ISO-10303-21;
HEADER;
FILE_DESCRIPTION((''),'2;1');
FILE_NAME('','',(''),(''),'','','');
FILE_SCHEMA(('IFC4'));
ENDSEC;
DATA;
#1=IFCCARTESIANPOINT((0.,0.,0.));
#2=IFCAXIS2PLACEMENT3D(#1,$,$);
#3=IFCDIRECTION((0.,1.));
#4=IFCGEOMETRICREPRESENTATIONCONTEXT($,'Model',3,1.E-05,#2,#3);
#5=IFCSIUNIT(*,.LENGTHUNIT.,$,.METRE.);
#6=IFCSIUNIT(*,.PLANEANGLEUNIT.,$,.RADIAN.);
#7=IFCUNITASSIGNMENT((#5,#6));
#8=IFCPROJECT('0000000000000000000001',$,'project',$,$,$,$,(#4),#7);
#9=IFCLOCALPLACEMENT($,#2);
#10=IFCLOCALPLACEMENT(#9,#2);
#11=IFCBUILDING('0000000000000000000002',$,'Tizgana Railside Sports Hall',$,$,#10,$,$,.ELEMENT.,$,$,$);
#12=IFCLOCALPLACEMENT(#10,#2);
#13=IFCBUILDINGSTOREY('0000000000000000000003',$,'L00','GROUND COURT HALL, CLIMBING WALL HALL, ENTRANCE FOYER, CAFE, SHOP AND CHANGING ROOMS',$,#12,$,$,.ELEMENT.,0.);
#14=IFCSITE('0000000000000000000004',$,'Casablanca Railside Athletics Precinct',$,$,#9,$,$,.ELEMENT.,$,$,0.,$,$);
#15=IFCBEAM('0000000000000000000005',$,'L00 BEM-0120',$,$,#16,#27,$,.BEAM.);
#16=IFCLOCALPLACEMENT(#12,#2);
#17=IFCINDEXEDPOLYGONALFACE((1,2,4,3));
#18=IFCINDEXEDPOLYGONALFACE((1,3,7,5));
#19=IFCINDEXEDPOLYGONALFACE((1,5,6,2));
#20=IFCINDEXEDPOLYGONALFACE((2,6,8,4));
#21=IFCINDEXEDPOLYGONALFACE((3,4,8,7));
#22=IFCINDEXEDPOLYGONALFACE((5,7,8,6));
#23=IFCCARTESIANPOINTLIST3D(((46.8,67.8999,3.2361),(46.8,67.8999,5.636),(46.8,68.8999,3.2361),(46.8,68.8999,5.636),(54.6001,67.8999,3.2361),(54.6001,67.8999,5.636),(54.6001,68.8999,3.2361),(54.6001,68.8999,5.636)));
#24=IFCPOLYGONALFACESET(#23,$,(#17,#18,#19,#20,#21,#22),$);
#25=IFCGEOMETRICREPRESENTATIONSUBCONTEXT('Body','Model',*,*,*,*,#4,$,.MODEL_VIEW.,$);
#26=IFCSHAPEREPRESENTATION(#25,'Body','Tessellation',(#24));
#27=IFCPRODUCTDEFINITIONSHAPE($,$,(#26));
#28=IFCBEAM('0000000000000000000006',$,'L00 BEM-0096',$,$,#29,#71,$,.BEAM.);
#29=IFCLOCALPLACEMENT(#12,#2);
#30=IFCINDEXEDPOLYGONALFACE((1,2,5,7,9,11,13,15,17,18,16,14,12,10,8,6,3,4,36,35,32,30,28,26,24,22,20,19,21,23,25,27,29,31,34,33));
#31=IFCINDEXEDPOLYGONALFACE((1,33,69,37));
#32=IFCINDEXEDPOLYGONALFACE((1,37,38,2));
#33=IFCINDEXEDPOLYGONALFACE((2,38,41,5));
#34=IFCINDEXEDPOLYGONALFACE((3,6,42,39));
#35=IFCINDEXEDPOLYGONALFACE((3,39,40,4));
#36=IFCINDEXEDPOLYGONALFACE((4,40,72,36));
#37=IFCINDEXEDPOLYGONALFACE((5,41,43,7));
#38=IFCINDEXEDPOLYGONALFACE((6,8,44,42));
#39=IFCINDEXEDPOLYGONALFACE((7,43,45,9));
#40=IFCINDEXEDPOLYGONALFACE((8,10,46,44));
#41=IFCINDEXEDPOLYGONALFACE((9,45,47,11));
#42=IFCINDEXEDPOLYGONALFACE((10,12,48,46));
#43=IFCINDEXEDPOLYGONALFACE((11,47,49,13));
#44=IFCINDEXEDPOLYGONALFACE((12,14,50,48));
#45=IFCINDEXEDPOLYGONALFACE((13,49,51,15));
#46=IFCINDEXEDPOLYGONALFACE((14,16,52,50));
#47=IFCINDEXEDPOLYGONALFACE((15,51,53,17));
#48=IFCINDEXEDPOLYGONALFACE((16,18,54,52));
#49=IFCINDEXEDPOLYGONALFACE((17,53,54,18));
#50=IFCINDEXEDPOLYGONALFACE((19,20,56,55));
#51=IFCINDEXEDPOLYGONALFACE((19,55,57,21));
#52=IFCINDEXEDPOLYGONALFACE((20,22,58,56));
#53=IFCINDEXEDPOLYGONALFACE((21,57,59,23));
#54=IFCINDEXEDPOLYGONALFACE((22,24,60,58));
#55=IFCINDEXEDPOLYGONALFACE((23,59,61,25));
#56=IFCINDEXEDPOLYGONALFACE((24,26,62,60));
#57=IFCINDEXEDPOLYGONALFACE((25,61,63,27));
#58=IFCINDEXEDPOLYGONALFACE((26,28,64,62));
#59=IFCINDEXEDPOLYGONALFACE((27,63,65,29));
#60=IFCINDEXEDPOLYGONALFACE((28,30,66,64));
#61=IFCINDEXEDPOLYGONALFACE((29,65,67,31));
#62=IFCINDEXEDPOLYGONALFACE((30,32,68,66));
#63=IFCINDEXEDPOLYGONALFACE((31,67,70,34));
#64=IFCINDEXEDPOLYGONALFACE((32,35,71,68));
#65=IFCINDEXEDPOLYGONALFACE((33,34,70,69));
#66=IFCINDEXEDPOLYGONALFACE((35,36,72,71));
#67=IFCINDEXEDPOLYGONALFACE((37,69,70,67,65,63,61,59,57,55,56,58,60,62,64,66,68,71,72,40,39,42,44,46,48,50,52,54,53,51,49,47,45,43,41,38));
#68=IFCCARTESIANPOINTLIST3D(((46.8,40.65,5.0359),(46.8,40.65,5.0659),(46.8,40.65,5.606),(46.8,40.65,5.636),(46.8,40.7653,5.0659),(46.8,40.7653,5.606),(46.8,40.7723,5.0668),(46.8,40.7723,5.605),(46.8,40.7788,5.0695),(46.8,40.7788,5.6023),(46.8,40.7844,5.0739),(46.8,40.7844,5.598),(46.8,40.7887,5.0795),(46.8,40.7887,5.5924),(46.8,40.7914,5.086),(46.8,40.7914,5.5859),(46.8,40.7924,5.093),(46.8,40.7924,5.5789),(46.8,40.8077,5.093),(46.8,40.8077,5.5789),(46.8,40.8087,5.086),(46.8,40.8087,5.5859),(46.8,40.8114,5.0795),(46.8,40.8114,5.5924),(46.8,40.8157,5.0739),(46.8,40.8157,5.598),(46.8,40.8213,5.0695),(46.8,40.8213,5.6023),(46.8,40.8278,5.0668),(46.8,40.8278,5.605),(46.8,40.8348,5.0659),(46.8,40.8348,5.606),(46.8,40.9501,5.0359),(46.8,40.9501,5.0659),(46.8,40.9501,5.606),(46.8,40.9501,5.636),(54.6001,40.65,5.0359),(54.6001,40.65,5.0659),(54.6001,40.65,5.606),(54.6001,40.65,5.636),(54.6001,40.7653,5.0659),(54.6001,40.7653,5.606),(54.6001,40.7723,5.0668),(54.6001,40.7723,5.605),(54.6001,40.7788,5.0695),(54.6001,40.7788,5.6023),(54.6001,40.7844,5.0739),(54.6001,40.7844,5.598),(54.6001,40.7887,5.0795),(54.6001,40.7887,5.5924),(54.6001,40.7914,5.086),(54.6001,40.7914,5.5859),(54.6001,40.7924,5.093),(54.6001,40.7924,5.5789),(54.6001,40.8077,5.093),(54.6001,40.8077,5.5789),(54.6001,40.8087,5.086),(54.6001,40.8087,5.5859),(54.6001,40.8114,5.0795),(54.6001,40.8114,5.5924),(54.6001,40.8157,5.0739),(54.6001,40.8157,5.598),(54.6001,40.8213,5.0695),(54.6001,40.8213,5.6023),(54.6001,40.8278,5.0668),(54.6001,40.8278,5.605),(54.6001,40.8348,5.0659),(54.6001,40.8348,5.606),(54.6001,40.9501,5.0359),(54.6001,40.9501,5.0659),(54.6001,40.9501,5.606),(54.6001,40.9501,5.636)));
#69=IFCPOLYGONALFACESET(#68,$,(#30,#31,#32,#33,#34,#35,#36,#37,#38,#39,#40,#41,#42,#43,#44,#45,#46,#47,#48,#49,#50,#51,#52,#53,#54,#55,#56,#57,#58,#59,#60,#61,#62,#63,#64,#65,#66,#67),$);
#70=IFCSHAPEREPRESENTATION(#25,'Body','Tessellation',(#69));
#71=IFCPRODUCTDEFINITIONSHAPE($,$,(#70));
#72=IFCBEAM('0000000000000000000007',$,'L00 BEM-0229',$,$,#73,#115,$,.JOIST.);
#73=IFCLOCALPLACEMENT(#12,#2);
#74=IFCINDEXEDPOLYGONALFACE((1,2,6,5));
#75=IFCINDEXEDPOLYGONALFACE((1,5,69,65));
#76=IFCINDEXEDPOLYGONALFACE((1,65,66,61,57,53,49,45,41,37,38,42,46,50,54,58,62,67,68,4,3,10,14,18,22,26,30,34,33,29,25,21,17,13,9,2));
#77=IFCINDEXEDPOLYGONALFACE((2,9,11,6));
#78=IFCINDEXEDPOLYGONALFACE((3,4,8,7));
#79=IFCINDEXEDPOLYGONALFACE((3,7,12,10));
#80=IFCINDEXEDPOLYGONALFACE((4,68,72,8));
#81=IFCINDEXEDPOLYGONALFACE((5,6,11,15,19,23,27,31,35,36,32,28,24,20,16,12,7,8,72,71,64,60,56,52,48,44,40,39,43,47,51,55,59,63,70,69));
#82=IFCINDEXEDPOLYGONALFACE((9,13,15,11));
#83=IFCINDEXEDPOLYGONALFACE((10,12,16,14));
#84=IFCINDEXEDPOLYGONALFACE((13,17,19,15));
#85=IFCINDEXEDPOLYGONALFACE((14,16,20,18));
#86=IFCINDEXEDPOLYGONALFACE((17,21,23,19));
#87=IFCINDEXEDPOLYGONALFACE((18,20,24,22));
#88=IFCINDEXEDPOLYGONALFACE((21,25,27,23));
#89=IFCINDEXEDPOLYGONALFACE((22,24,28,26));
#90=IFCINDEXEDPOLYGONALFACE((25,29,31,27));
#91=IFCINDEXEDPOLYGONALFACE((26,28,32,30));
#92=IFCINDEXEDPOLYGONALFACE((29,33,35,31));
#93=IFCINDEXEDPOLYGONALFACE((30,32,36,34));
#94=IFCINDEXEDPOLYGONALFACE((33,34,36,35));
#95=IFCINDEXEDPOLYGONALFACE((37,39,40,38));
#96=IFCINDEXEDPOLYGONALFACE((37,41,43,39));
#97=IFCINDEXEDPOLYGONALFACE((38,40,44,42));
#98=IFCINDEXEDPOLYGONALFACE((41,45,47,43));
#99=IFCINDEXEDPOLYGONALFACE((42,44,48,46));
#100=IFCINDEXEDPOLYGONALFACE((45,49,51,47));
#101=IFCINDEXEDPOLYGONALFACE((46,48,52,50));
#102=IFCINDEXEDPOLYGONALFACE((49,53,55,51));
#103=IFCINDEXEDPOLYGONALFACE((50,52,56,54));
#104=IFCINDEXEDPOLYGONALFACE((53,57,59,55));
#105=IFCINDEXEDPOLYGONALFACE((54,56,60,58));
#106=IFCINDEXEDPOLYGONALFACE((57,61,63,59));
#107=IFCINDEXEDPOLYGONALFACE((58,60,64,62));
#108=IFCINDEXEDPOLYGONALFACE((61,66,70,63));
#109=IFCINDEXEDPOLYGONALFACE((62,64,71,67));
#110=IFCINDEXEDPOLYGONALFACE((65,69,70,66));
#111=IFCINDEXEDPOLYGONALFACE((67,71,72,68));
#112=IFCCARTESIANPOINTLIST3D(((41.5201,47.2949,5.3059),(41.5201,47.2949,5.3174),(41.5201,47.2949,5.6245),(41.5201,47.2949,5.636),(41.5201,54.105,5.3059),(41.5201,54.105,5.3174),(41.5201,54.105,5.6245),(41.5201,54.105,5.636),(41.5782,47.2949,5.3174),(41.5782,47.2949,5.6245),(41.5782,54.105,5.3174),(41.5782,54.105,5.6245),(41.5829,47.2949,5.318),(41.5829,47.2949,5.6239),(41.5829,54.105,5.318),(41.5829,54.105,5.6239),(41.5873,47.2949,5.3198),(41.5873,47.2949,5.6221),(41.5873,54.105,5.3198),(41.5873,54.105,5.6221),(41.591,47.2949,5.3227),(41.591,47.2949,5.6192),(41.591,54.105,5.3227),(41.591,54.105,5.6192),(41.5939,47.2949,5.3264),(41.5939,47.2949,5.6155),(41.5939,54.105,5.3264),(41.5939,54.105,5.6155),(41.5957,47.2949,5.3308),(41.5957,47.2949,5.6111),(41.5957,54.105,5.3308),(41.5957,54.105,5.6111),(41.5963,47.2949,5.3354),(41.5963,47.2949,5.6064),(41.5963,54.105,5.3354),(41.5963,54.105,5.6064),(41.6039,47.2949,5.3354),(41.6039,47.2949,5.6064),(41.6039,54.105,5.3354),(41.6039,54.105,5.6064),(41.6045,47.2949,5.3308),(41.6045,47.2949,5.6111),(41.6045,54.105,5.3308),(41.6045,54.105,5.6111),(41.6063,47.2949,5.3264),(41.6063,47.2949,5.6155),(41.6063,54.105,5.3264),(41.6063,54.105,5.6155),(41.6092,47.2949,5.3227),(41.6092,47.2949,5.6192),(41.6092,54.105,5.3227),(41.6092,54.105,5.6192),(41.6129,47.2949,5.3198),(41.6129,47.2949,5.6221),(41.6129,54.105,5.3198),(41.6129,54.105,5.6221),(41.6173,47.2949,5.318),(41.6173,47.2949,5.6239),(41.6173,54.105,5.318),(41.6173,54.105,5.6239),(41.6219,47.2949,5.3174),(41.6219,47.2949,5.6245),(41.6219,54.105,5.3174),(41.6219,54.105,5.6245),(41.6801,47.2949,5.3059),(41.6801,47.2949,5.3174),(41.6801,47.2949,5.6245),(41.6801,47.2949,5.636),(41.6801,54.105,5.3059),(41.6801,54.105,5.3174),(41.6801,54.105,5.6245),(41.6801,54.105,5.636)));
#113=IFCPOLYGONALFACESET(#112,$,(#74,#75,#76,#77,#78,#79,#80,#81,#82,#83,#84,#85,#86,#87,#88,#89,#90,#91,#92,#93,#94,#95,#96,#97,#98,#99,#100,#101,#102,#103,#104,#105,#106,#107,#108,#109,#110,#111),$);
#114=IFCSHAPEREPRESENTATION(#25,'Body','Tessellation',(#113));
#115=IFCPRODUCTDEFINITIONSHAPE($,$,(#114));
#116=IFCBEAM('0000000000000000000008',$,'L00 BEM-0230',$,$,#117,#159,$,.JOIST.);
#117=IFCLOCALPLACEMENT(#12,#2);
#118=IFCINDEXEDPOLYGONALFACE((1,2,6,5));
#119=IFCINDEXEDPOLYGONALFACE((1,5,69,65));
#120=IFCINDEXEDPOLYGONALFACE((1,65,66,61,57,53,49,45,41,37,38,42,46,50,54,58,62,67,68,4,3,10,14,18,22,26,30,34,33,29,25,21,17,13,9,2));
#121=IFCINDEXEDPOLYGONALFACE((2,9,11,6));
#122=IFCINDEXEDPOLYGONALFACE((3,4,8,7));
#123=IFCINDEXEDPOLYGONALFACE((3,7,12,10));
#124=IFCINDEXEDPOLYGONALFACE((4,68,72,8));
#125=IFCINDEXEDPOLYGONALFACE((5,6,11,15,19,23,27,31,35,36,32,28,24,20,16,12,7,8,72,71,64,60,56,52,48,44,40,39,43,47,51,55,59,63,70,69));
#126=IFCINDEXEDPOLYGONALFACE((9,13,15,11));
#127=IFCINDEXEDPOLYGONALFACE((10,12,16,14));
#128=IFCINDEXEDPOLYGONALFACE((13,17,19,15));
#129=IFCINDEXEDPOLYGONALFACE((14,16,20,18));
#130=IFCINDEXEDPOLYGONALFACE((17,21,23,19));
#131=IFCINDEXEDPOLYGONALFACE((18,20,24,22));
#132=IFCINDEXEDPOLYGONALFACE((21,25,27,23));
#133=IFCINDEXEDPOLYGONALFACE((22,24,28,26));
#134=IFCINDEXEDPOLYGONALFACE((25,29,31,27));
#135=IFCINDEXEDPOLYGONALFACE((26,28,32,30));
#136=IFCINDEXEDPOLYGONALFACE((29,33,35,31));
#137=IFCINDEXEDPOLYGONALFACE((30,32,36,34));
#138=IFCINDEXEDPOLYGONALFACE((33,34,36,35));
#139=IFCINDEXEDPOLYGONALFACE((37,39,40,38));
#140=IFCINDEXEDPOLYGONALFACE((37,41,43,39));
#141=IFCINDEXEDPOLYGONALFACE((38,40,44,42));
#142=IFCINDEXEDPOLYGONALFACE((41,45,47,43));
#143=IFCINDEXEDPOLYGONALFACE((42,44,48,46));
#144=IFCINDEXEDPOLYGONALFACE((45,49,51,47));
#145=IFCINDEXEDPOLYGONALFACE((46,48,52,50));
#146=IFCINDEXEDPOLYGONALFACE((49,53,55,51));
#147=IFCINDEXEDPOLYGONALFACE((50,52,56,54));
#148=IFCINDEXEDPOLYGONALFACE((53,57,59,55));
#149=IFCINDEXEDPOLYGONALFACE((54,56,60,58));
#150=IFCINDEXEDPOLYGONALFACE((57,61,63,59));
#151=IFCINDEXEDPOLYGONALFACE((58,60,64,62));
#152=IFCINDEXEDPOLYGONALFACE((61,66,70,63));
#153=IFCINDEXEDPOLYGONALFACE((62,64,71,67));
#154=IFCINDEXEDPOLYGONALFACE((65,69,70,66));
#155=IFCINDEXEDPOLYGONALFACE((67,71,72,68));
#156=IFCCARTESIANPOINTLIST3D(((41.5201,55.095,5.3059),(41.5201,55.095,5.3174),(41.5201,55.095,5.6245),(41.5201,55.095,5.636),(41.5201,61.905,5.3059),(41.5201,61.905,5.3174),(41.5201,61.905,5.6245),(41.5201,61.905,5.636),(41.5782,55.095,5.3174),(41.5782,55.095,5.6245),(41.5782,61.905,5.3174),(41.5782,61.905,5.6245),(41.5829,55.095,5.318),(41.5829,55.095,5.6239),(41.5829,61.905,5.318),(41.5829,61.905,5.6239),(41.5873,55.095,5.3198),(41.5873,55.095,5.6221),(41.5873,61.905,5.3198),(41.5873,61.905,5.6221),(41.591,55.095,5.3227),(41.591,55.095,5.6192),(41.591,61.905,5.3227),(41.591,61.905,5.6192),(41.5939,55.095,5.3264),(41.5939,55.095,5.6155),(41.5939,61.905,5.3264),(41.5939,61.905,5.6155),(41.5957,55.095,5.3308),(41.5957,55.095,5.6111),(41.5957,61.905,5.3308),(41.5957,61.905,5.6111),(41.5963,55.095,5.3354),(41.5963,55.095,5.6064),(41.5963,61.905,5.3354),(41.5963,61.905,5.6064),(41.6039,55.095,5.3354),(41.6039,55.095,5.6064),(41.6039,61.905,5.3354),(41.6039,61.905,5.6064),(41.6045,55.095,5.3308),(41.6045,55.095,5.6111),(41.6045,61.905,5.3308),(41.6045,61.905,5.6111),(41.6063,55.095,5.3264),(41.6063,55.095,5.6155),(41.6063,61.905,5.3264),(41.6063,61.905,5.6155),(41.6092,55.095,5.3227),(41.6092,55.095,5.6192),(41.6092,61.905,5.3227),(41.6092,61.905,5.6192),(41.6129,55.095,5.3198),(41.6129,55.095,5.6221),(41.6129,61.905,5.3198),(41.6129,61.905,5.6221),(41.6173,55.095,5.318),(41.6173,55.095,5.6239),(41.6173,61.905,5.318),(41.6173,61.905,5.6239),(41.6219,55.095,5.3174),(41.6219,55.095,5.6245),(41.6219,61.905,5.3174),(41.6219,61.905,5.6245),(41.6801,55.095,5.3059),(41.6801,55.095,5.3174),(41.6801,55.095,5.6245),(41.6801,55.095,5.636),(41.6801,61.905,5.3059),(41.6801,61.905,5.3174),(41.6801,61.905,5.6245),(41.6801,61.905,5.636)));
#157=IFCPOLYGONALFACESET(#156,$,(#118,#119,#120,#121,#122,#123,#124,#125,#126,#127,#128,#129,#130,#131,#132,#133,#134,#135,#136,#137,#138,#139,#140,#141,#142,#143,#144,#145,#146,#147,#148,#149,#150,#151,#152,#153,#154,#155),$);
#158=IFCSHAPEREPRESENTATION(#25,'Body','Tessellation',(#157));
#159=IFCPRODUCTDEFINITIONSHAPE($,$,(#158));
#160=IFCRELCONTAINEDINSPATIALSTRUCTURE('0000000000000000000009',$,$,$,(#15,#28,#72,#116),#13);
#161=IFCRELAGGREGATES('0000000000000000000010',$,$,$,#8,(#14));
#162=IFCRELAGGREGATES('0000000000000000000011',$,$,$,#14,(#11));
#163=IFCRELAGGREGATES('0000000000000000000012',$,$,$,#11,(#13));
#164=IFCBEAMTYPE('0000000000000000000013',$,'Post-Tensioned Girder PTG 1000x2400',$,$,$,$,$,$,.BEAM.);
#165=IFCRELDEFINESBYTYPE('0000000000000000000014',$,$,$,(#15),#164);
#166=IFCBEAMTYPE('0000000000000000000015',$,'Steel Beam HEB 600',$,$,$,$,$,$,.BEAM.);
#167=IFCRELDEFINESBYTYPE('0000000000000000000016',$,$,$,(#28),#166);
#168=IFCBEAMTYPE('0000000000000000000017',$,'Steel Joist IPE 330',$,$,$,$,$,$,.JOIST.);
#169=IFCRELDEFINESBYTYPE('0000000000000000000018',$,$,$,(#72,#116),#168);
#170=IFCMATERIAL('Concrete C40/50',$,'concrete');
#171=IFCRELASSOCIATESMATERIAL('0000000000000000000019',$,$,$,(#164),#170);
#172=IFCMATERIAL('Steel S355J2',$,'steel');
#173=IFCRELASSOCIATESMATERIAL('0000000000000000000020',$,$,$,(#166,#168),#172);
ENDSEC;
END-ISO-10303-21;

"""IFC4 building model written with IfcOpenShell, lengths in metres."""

from ifc_helpers import new_model, si_unit, direction, frame, origin, origin_2d, place, context, subcontext, project, spatial, rectangle, i_section, extrude, material, material_profile, profile_set, type_object, element, save


model = new_model("IFC4")

# Units and contexts
model_context = context("Model", 3, precision=1e-05, world=origin(), true_north=direction((0.0, 1.0)))
body_context = subcontext(model_context, "Body", "Model", "MODEL_VIEW")
ifc_project = project(units=[si_unit("LENGTHUNIT", "METRE"), si_unit("PLANEANGLEUNIT", "RADIAN")], contexts=[model_context])

# Site, building, storey
site_placement = place(None, origin())
site = spatial("IfcSite", under=ifc_project, at=site_placement, Name="Casablanca Railside Athletics Precinct", CompositionType="ELEMENT", RefElevation=0.0)
building_placement = place(site_placement, origin())
building = spatial("IfcBuilding", under=site, at=building_placement, Name="Tizgana Railside Sports Hall", CompositionType="ELEMENT")
storey_placement = place(building_placement, origin())
storey = spatial("IfcBuildingStorey", under=building, at=storey_placement, Name="L00", Description="GROUND COURT HALL, CLIMBING WALL HALL, ENTRANCE FOYER, CAFE, SHOP AND CHANGING ROOMS", CompositionType="ELEMENT", Elevation=0.0)

# Shared definitions
ifc_material_1 = material(Name="Concrete C40/50", Category="concrete")
ifc_material_2 = material(Name="Steel S355J2", Category="steel")

# Beams
ifc_material_profile_1 = material_profile(ifc_material_1, rectangle(XDim=1.0, YDim=2.3999, at=origin_2d()), Name="PTG 1000x2400")
ifc_profile_set_1 = profile_set([ifc_material_profile_1], Name="Concrete C40/50")
beam_type_1 = type_object("IfcBeamType", Name="Post-Tensioned Girder PTG 1000x2400", PredefinedType="BEAM", material=ifc_profile_set_1)
for number, where, z_axis, x_axis, name in (
    (1, (46.8, 68.3999, 4.436), (1.0, 0.0, 0.0), (0.0, 1.0, 0.0), "L00 BEM-0120"),
):
    element("IfcBeam", number, at=place(storey_placement, frame(where, z_axis=z_axis, x_axis=x_axis)), inside=storey, type_object=beam_type_1, Name=name, PredefinedType="BEAM", context=body_context, shape_type="SweptSolid", body=[
        extrude(rectangle(XDim=1.0, YDim=2.3999, at=origin_2d()), origin(), (0.0, 0.0, 1.0), 7.8),
    ])
ifc_material_profile_2 = material_profile(ifc_material_2, i_section(OverallWidth=0.3, OverallDepth=0.6001, WebThickness=0.0154, FlangeThickness=0.03, FilletRadius=0.0271, at=origin_2d()), Name="HEB 600")
ifc_profile_set_2 = profile_set([ifc_material_profile_2], Name="Steel S355J2")
beam_type_2 = type_object("IfcBeamType", Name="Steel Beam HEB 600", PredefinedType="BEAM", material=ifc_profile_set_2)
beam_1_placement = place(storey_placement, frame((46.8, 40.8, 5.3359), z_axis=(1.0, 0.0, 0.0), x_axis=(0.0, 1.0, 0.0)))
element("IfcBeam", 2, at=beam_1_placement, inside=storey, type_object=beam_type_2, Name="L00 BEM-0096", PredefinedType="BEAM", context=body_context, shape_type="SweptSolid", body=[
    extrude(i_section(OverallWidth=0.3, OverallDepth=0.6001, WebThickness=0.0154, FlangeThickness=0.03, FilletRadius=0.0271, at=origin_2d()), origin(), (0.0, 0.0, 1.0), 7.8),
])
ifc_material_profile_3 = material_profile(ifc_material_2, i_section(OverallWidth=0.1599, OverallDepth=0.3301, WebThickness=0.0076, FlangeThickness=0.0115, FilletRadius=0.0181, at=origin_2d()), Name="IPE 330")
ifc_profile_set_3 = profile_set([ifc_material_profile_3], Name="Steel S355J2")
beam_type_3 = type_object("IfcBeamType", Name="Steel Joist IPE 330", PredefinedType="JOIST", material=ifc_profile_set_3)
for number, where, z_axis, x_axis, name in (
    (3, (41.6001, 47.2949, 5.4709), (0.0, 1.0, 0.0), (-1.0, 0.0, 0.0), "L00 BEM-0229"),
    (4, (41.6001, 55.095, 5.4709), (0.0, 1.0, 0.0), (-1.0, 0.0, 0.0), "L00 BEM-0230"),
):
    element("IfcBeam", number, at=place(storey_placement, frame(where, z_axis=z_axis, x_axis=x_axis)), inside=storey, type_object=beam_type_3, Name=name, PredefinedType="JOIST", context=body_context, shape_type="SweptSolid", body=[
        extrude(i_section(OverallWidth=0.1599, OverallDepth=0.3301, WebThickness=0.0076, FlangeThickness=0.0115, FilletRadius=0.0181, at=origin_2d()), origin(), (0.0, 0.0, 1.0), 6.8101),
    ])

save(model, "model.ifc")
